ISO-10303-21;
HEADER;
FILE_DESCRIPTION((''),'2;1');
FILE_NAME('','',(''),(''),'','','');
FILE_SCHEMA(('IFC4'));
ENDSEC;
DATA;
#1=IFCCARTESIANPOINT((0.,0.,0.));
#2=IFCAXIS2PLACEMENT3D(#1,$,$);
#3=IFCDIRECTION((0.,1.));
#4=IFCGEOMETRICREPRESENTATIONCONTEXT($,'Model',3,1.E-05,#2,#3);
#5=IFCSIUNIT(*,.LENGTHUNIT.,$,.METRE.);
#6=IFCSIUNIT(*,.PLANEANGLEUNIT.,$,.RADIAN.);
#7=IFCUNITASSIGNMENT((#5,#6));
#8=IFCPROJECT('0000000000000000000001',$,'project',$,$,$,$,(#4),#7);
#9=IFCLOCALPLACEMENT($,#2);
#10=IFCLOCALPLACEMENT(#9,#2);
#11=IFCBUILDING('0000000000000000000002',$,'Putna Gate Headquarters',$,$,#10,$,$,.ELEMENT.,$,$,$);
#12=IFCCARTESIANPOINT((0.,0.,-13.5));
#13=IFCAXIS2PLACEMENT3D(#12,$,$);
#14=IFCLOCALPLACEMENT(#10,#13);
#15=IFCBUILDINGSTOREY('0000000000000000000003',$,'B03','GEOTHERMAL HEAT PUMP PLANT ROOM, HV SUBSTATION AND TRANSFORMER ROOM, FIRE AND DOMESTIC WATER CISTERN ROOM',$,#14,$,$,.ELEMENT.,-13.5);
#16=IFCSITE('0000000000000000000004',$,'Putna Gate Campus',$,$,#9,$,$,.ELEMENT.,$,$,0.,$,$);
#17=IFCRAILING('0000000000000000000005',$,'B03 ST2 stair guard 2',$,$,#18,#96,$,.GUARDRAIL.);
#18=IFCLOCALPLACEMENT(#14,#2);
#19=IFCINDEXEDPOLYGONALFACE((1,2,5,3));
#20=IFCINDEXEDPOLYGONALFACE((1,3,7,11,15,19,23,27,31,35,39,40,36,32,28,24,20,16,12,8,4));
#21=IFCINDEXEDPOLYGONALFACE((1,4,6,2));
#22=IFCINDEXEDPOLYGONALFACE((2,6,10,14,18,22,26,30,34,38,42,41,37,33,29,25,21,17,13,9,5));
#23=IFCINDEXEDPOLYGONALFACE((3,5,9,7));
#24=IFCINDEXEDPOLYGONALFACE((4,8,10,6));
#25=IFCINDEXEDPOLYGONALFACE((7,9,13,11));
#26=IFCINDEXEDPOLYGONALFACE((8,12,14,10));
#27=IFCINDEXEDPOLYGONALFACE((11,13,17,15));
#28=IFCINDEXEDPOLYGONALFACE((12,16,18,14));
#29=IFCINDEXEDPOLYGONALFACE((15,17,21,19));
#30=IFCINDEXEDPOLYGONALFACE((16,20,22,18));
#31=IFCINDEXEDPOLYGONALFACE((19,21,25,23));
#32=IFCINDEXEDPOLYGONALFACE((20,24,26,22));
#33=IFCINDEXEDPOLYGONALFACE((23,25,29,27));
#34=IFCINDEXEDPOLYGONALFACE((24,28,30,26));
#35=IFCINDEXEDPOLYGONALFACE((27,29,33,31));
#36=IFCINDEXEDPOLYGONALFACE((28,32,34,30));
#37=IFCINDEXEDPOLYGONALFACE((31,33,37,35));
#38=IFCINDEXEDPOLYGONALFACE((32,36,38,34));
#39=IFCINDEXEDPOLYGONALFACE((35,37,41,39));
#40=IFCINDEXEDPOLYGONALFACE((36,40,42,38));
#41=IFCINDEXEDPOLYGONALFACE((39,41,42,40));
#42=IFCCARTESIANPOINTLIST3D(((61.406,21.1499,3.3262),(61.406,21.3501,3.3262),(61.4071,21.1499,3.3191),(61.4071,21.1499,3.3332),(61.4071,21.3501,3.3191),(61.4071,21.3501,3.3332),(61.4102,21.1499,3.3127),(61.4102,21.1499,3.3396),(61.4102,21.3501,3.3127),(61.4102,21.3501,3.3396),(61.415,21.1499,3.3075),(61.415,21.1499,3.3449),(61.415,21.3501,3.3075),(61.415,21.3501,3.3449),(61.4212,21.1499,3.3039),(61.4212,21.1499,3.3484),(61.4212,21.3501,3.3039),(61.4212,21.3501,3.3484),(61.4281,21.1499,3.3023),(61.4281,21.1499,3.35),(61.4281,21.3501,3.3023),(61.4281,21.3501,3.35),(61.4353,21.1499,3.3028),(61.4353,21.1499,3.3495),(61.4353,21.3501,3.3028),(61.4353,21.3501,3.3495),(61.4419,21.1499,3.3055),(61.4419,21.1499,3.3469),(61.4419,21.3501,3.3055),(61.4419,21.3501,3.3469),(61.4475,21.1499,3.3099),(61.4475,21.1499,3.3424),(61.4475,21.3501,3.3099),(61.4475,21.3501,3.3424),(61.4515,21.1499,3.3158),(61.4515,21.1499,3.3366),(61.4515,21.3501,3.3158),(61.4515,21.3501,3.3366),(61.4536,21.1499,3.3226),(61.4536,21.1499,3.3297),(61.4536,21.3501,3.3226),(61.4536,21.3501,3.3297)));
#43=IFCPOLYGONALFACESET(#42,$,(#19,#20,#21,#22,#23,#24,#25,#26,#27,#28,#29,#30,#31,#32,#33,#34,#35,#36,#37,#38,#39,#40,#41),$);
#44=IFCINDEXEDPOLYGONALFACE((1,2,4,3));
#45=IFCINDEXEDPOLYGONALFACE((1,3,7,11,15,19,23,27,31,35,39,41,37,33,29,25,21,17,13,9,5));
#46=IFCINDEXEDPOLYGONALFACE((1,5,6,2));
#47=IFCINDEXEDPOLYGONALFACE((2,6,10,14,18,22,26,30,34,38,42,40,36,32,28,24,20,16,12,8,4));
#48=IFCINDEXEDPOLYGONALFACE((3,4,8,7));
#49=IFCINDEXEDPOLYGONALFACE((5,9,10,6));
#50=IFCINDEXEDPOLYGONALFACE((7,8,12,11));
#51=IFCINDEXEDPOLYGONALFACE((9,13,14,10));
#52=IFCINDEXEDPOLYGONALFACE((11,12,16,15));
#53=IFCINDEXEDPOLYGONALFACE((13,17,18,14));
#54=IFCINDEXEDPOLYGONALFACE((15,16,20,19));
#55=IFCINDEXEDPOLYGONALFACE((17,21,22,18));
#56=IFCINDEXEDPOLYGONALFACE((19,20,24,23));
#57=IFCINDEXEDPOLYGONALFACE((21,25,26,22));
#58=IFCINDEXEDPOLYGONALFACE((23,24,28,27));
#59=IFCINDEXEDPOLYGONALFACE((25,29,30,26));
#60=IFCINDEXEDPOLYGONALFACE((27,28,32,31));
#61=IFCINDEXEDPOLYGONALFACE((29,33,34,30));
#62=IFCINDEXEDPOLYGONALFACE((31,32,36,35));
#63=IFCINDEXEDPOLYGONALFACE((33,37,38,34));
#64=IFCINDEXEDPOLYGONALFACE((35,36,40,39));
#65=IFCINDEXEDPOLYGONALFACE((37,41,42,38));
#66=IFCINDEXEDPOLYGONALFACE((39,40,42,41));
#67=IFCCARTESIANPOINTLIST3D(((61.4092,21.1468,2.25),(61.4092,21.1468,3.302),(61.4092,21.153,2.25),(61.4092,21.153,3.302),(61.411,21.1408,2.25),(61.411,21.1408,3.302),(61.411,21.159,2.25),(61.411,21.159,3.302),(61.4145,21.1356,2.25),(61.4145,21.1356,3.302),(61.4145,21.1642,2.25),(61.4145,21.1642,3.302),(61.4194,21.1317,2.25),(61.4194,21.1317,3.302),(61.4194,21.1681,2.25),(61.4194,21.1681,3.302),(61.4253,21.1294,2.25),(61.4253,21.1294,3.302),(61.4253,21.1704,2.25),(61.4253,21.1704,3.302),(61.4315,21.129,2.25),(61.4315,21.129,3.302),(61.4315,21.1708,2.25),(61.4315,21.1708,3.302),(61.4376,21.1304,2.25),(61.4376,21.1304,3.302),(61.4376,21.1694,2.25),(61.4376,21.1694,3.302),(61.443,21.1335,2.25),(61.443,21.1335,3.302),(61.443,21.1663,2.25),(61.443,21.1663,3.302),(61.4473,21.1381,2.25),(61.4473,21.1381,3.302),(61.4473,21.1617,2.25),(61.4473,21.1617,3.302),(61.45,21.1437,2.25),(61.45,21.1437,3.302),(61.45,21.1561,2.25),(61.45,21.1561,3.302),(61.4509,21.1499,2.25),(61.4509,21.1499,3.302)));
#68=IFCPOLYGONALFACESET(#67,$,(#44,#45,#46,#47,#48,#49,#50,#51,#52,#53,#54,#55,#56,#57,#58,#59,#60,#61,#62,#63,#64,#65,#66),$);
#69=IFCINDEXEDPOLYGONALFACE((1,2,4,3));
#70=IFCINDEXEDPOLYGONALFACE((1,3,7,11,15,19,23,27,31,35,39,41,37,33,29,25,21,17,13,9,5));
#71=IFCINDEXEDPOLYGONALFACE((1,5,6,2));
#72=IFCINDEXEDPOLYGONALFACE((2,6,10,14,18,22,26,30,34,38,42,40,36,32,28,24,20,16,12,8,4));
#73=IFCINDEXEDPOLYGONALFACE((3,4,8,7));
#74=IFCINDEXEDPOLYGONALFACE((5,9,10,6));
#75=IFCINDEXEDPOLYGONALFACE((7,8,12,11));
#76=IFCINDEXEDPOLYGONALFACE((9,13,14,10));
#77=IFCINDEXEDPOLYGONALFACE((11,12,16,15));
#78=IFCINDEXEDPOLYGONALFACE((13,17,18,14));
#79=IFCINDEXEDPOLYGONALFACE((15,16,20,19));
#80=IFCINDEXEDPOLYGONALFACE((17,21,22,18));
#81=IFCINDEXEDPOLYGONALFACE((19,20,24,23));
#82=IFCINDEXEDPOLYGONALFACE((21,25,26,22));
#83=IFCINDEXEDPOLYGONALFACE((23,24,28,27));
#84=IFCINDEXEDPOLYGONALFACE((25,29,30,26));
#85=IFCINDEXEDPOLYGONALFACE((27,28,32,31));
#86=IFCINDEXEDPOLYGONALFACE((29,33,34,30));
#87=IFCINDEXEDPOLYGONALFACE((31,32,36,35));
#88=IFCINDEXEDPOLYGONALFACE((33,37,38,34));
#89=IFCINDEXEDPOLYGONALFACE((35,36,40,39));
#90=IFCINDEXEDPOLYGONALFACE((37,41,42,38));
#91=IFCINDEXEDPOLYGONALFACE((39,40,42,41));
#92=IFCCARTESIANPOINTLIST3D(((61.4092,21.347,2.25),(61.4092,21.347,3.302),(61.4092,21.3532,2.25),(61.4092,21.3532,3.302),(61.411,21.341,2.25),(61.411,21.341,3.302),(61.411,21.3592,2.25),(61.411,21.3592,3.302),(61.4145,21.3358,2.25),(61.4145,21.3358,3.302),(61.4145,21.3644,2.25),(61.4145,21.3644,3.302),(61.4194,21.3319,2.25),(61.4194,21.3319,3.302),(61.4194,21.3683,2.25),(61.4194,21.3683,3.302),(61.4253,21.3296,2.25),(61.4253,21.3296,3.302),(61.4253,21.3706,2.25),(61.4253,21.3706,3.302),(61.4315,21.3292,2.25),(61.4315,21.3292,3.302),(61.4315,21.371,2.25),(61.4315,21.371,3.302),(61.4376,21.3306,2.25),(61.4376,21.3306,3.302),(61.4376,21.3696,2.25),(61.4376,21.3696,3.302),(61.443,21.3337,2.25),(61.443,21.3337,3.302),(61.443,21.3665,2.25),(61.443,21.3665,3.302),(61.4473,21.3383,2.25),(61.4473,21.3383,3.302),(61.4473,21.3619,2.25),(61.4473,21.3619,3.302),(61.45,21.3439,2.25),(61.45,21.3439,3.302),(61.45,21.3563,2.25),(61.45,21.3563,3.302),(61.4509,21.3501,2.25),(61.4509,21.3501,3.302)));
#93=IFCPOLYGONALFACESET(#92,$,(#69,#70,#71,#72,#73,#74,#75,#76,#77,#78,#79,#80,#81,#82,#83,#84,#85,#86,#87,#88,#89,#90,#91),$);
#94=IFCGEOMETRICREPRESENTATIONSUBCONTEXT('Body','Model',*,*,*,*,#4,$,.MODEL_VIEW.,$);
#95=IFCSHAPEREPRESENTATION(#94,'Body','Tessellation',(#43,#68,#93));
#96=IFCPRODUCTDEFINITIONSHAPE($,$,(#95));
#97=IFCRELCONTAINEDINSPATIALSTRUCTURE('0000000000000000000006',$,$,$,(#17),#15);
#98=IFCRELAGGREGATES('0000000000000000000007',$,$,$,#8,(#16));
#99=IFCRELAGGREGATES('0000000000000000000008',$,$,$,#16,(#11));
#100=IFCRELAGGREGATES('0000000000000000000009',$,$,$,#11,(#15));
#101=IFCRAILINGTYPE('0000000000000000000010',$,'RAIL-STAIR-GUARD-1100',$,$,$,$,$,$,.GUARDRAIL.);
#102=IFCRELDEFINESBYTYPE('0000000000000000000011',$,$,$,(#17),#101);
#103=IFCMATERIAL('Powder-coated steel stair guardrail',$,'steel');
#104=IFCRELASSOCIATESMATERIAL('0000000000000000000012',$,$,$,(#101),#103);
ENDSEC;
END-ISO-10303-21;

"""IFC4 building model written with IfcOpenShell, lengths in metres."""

from ifc_helpers import new_model, si_unit, direction, frame, origin, origin_2d, place, context, subcontext, project, spatial, circle, extrude, material, type_object, element, save


model = new_model("IFC4")

# Units and contexts
model_context = context("Model", 3, precision=1e-05, world=origin(), true_north=direction((0.0, 1.0)))
body_context = subcontext(model_context, "Body", "Model", "MODEL_VIEW")
ifc_project = project(units=[si_unit("LENGTHUNIT", "METRE"), si_unit("PLANEANGLEUNIT", "RADIAN")], contexts=[model_context])

# Site, building, storey
site_placement = place(None, origin())
site = spatial("IfcSite", under=ifc_project, at=site_placement, Name="Putna Gate Campus", CompositionType="ELEMENT", RefElevation=0.0)
building_placement = place(site_placement, origin())
building = spatial("IfcBuilding", under=site, at=building_placement, Name="Putna Gate Headquarters", CompositionType="ELEMENT")
storey_placement = place(building_placement, frame((0.0, 0.0, -13.5)))
storey = spatial("IfcBuildingStorey", under=building, at=storey_placement, Name="B03", Description="GEOTHERMAL HEAT PUMP PLANT ROOM, HV SUBSTATION AND TRANSFORMER ROOM, FIRE AND DOMESTIC WATER CISTERN ROOM", CompositionType="ELEMENT", Elevation=-13.5)

# Railing
ifc_material_1 = material(Name="Powder-coated steel stair guardrail", Category="steel")
railing_type_1 = type_object("IfcRailingType", Name="RAIL-STAIR-GUARD-1100", PredefinedType="GUARDRAIL", material=ifc_material_1)
railing_1_placement = place(storey_placement, frame((61.4299, 21.1499, 2.25)))
element("IfcRailing", 1, at=railing_1_placement, inside=storey, type_object=railing_type_1, Name="B03 ST2 stair guard 2", PredefinedType="GUARDRAIL", context=body_context, shape_type="SweptSolid", body=[
    extrude(circle(Radius=0.0239, at=origin_2d()), frame((0.0, 0.0, 1.0762), z_axis=(0.0, 1.0, 0.0), x_axis=(-1.0, 0.0, 0.0)), (0.0, 0.0, 1.0), 0.2002),
    extrude(circle(Radius=0.021, at=origin_2d()), origin(), (0.0, 0.0, 1.0), 1.052),
    extrude(circle(Radius=0.021, at=origin_2d()), frame((0.0, 0.2002, 0.0)), (0.0, 0.0, 1.0), 1.052),
])

save(model, "model.ifc")
